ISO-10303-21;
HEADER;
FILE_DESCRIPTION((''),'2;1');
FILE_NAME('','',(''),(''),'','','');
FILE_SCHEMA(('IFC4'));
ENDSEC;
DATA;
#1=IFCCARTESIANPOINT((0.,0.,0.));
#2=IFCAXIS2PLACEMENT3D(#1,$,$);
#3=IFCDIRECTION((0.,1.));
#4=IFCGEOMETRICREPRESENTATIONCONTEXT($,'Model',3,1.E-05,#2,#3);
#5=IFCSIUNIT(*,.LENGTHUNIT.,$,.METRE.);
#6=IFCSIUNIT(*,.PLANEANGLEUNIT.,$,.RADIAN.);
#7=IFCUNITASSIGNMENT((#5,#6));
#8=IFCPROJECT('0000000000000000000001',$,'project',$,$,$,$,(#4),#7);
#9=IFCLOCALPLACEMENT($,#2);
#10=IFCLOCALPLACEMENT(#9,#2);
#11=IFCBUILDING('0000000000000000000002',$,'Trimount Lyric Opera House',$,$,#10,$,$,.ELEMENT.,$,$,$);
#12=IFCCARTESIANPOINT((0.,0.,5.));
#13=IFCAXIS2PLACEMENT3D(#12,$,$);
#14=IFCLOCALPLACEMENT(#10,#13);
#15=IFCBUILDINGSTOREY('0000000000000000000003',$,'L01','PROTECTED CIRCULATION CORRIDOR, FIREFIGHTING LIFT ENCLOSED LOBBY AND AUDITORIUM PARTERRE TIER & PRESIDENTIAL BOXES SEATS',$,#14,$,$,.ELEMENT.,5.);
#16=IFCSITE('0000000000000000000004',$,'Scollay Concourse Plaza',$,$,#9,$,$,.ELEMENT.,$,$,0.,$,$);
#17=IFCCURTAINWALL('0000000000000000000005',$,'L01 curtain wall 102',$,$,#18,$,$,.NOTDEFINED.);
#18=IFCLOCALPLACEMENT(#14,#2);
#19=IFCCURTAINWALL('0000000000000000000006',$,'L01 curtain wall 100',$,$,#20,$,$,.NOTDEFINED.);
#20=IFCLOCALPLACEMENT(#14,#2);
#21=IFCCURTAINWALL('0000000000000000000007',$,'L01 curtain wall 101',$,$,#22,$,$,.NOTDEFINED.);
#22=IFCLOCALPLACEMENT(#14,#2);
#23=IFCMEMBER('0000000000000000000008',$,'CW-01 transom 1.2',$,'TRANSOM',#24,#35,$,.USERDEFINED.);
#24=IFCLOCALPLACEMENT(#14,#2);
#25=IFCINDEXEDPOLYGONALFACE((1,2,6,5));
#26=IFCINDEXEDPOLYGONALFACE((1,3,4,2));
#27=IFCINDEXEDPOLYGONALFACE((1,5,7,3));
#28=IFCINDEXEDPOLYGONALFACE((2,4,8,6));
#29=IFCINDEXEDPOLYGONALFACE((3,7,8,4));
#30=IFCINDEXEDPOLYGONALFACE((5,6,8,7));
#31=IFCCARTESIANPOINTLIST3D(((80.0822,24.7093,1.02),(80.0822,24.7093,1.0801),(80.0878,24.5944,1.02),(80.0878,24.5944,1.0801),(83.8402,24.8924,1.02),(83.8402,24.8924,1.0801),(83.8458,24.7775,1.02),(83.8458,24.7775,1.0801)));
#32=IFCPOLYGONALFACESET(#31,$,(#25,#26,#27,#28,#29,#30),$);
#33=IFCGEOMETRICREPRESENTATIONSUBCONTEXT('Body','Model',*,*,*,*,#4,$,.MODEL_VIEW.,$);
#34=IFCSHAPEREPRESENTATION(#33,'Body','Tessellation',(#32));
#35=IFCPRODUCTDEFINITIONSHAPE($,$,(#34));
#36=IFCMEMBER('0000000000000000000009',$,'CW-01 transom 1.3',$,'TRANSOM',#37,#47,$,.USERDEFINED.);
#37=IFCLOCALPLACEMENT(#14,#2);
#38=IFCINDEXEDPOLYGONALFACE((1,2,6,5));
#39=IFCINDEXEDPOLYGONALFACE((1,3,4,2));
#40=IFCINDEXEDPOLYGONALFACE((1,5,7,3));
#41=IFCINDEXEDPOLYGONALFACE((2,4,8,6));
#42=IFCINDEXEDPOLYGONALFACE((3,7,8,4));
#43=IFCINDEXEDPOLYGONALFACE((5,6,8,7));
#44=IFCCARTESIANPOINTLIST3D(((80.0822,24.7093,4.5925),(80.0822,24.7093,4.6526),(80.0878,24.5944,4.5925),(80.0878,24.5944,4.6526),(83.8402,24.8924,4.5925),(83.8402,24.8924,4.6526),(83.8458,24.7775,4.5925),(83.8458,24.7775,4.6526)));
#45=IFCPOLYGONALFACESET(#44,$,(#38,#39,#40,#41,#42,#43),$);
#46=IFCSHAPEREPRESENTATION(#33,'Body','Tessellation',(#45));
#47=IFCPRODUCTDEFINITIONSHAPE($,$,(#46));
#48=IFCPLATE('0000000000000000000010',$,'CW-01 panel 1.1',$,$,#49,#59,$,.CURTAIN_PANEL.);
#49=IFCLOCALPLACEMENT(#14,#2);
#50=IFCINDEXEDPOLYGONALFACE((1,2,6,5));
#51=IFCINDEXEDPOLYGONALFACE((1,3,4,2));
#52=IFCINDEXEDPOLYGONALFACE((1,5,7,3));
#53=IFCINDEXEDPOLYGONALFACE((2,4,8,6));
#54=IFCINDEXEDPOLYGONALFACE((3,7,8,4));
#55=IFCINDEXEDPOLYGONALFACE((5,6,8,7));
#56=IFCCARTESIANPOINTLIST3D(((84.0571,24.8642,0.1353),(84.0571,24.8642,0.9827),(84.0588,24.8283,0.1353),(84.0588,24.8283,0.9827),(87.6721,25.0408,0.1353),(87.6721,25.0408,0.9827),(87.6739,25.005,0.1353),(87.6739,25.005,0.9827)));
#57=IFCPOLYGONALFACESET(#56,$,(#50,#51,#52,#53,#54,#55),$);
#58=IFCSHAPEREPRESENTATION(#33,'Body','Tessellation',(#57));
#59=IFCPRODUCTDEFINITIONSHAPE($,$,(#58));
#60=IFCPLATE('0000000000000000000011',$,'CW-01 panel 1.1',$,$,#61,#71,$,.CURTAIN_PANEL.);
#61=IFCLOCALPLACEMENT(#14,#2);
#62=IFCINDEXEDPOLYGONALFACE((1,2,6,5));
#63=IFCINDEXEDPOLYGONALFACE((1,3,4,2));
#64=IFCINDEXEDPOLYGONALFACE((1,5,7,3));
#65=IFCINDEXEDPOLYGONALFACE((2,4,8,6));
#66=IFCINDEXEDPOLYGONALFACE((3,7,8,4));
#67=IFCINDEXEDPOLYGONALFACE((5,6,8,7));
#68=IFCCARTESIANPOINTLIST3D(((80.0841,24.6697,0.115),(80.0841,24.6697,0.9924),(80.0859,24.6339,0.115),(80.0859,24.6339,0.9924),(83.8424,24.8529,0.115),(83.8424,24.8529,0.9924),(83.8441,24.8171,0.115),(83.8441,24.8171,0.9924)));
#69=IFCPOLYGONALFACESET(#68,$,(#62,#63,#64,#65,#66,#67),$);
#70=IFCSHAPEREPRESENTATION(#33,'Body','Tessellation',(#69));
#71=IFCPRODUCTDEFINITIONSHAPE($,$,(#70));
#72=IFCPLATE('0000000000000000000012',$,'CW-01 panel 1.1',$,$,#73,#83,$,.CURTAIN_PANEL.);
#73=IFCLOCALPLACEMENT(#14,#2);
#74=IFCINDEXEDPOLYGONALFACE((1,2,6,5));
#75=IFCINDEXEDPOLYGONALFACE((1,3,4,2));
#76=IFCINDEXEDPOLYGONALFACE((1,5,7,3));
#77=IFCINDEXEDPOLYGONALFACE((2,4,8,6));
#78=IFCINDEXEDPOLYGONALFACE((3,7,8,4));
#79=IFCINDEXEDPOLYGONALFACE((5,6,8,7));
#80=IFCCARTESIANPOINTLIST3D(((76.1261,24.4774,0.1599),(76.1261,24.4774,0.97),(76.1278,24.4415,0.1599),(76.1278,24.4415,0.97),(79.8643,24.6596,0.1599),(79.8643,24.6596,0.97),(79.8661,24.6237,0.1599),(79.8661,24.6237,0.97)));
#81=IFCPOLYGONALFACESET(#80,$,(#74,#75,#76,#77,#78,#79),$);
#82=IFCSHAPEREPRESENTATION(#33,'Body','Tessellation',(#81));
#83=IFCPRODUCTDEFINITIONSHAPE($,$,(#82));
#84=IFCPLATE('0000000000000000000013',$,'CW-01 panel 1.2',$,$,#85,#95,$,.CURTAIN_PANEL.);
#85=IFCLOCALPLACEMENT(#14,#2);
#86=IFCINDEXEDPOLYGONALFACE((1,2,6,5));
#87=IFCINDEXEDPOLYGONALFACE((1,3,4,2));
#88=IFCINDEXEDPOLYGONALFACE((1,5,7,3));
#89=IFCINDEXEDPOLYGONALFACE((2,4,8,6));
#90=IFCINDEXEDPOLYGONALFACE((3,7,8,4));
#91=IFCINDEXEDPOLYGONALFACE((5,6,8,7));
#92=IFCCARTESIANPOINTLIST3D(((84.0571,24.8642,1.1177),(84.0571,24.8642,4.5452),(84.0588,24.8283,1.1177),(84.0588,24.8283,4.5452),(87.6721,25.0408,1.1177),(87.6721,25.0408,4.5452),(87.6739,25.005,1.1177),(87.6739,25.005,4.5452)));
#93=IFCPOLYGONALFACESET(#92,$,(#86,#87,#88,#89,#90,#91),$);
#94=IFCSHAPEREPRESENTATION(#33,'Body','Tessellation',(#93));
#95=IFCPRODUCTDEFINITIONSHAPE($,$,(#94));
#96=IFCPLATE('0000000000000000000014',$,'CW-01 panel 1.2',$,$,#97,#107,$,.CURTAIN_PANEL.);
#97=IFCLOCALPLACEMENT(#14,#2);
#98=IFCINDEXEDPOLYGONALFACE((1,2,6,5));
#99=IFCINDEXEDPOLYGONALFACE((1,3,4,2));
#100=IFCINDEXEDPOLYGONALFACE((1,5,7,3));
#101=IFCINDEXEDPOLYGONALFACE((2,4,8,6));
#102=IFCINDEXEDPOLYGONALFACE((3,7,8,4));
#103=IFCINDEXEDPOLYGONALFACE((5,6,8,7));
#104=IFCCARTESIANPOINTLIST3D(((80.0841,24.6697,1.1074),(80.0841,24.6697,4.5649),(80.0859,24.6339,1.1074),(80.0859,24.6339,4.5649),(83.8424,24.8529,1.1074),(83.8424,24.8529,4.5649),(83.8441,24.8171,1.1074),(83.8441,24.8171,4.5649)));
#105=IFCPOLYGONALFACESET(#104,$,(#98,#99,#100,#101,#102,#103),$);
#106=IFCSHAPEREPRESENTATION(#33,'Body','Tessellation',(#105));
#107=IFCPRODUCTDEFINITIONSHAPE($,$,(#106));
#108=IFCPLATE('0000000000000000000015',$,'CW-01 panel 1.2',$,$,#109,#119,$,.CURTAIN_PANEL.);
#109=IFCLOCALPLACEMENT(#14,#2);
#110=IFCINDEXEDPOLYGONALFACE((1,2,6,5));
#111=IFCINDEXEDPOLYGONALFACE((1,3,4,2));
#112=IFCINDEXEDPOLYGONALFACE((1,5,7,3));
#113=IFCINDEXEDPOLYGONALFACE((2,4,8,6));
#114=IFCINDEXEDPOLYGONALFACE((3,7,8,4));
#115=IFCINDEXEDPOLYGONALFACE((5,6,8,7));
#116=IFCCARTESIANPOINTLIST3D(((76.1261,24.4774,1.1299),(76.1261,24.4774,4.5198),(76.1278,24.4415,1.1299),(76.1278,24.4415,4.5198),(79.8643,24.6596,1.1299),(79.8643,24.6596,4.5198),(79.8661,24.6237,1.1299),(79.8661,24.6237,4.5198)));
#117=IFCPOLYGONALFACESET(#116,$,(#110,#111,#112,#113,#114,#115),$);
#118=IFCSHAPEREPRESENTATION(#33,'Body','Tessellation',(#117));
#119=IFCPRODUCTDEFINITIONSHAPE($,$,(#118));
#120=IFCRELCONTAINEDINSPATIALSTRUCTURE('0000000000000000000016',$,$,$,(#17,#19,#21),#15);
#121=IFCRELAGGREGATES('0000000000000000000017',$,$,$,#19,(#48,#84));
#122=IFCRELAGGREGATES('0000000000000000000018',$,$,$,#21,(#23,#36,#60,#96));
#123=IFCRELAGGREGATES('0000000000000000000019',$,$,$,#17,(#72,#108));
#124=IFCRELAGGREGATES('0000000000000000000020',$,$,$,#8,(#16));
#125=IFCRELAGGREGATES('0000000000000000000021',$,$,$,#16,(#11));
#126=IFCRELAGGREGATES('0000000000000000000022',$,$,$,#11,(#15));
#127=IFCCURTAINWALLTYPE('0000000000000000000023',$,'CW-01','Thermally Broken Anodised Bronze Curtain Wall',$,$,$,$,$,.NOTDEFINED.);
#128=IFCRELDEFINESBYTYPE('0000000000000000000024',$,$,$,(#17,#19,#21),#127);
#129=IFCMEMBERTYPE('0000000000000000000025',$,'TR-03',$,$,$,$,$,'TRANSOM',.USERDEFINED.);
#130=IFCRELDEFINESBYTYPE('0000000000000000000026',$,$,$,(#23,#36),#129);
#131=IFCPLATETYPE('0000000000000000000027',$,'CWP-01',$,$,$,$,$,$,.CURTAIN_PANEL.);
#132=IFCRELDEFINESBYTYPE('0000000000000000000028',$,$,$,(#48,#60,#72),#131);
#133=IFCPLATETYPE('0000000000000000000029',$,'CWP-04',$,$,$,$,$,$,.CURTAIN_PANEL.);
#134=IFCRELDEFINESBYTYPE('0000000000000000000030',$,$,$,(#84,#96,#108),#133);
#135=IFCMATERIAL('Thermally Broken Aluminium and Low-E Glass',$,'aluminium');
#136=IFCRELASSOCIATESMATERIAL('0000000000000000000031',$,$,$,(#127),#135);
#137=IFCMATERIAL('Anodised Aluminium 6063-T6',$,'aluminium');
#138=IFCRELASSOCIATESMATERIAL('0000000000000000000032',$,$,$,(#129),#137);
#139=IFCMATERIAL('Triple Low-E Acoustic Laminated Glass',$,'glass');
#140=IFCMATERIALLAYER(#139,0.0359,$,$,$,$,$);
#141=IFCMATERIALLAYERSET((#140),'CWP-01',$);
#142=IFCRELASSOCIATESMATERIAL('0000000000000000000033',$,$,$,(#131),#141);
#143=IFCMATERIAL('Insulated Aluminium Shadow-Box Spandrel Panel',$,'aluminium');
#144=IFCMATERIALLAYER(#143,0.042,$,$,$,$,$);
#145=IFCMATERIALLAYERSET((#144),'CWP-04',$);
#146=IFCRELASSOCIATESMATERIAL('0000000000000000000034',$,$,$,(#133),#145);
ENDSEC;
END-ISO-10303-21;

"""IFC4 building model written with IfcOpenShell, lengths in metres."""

from ifc_helpers import new_model, si_unit, direction, frame, origin, origin_2d, place, context, subcontext, project, spatial, rectangle, extrude, material, layer, layer_set, material_profile, profile_set, type_object, element, aggregate, save


model = new_model("IFC4")

# Units and contexts
model_context = context("Model", 3, precision=1e-05, world=origin(), true_north=direction((0.0, 1.0)))
body_context = subcontext(model_context, "Body", "Model", "MODEL_VIEW")
ifc_project = project(units=[si_unit("LENGTHUNIT", "METRE"), si_unit("PLANEANGLEUNIT", "RADIAN")], contexts=[model_context])

# Site, building, storey
site_placement = place(None, origin())
site = spatial("IfcSite", under=ifc_project, at=site_placement, Name="Scollay Concourse Plaza", CompositionType="ELEMENT", RefElevation=0.0)
building_placement = place(site_placement, origin())
building = spatial("IfcBuilding", under=site, at=building_placement, Name="Trimount Lyric Opera House", CompositionType="ELEMENT")
storey_placement = place(building_placement, frame((0.0, 0.0, 5.0)))
storey = spatial("IfcBuildingStorey", under=building, at=storey_placement, Name="L01", Description="PROTECTED CIRCULATION CORRIDOR, FIREFIGHTING LIFT ENCLOSED LOBBY AND AUDITORIUM PARTERRE TIER & PRESIDENTIAL BOXES SEATS", CompositionType="ELEMENT", Elevation=5.0)

# Shared definitions
ifc_material_1 = material(Name="Thermally Broken Aluminium and Low-E Glass", Category="aluminium")
curtain_wall_type = type_object("IfcCurtainWallType", Name="CW-01", Description="Thermally Broken Anodised Bronze Curtain Wall", PredefinedType="NOTDEFINED", material=ifc_material_1)

# Curtain walls
curtain_wall_1_placement = place(storey_placement, origin())
curtain_wall_1 = element("IfcCurtainWall", 1, at=curtain_wall_1_placement, inside=storey, type_object=curtain_wall_type, Name="L01 curtain wall 102", PredefinedType="NOTDEFINED")
curtain_wall_2_placement = place(storey_placement, origin())
curtain_wall_2 = element("IfcCurtainWall", 2, at=curtain_wall_2_placement, inside=storey, type_object=curtain_wall_type, Name="L01 curtain wall 100", PredefinedType="NOTDEFINED")

# Curtain wall
curtain_wall_3_placement = place(storey_placement, origin())
curtain_wall_3 = element("IfcCurtainWall", 3, at=curtain_wall_3_placement, inside=storey, type_object=curtain_wall_type, Name="L01 curtain wall 101", PredefinedType="NOTDEFINED")

# Members
ifc_material_2 = material(Name="Anodised Aluminium 6063-T6", Category="aluminium")
ifc_material_profile_1 = material_profile(ifc_material_2, rectangle(XDim=0.115, YDim=0.0601, at=origin_2d()), Name="ALU-TRAN-60X115")
ifc_profile_set_1 = profile_set([ifc_material_profile_1], Name="Anodised Aluminium 6063-T6")
member_type_1 = type_object("IfcMemberType", Name="TR-03", ElementType="TRANSOM", PredefinedType="USERDEFINED", material=ifc_profile_set_1)
member_1_placement = place(storey_placement, frame((83.843, 24.835, 1.05), z_axis=(-0.998815, -0.048666, 0.0), x_axis=(0.048666, -0.998815, 0.0)))
member_1 = element("IfcMember", 4, at=member_1_placement, type_object=member_type_1, Name="CW-01 transom 1.2", ObjectType="TRANSOM", PredefinedType="USERDEFINED", context=body_context, shape_type="SweptSolid", body=[
    extrude(rectangle(XDim=0.115, YDim=0.0601, at=origin_2d()), origin(), (0.0, 0.0, 1.0), 3.7625),
])
member_2_placement = place(storey_placement, frame((83.843, 24.835, 4.6226), z_axis=(-0.998815, -0.048666, 0.0), x_axis=(0.048666, -0.998815, 0.0)))
member_2 = element("IfcMember", 5, at=member_2_placement, type_object=member_type_1, Name="CW-01 transom 1.3", ObjectType="TRANSOM", PredefinedType="USERDEFINED", context=body_context, shape_type="SweptSolid", body=[
    extrude(rectangle(XDim=0.115, YDim=0.0601, at=origin_2d()), origin(), (0.0, 0.0, 1.0), 3.7625),
])

# Plates
ifc_material_3 = material(Name="Triple Low-E Acoustic Laminated Glass", Category="glass")
ifc_layer_1 = layer(ifc_material_3, 0.0359)
ifc_layer_set_1 = layer_set([ifc_layer_1], Name="CWP-01")
plate_type_1 = type_object("IfcPlateType", Name="CWP-01", PredefinedType="CURTAIN_PANEL", material=ifc_layer_set_1)
plate_1_placement = place(storey_placement, frame((85.8655, 24.9346, 0.1353), z_axis=(0.0, 0.0, 1.0), x_axis=(-0.998808, -0.048807, 0.0)))
plate_1 = element("IfcPlate", 6, at=plate_1_placement, type_object=plate_type_1, Name="CW-01 panel 1.1", PredefinedType="CURTAIN_PANEL", context=body_context, shape_type="SweptSolid", body=[
    extrude(rectangle(XDim=3.6194, YDim=0.0359, at=origin_2d()), origin(), (0.0, 0.0, 1.0), 0.8474),
])
plate_2_placement = place(storey_placement, frame((81.9641, 24.7434, 0.115), z_axis=(0.0, 0.0, 1.0), x_axis=(-0.998814, -0.048679, 0.0)))
plate_2 = element("IfcPlate", 7, at=plate_2_placement, type_object=plate_type_1, Name="CW-01 panel 1.1", PredefinedType="CURTAIN_PANEL", context=body_context, shape_type="SweptSolid", body=[
    extrude(rectangle(XDim=3.7627, YDim=0.0359, at=origin_2d()), origin(), (0.0, 0.0, 1.0), 0.8774),
])
plate_3_placement = place(storey_placement, frame((77.9961, 24.5505, 0.1599), z_axis=(0.0, 0.0, 1.0), x_axis=(-0.998814, -0.048679, 0.0)))
plate_3 = element("IfcPlate", 8, at=plate_3_placement, type_object=plate_type_1, Name="CW-01 panel 1.1", PredefinedType="CURTAIN_PANEL", context=body_context, shape_type="SweptSolid", body=[
    extrude(rectangle(XDim=3.7427, YDim=0.0359, at=origin_2d()), origin(), (0.0, 0.0, 1.0), 0.8101),
])
ifc_material_4 = material(Name="Insulated Aluminium Shadow-Box Spandrel Panel", Category="aluminium")
ifc_layer_2 = layer(ifc_material_4, 0.042)
ifc_layer_set_2 = layer_set([ifc_layer_2], Name="CWP-04")
plate_type_2 = type_object("IfcPlateType", Name="CWP-04", PredefinedType="CURTAIN_PANEL", material=ifc_layer_set_2)
plate_4_placement = place(storey_placement, frame((85.8655, 24.9346, 1.1177), z_axis=(0.0, 0.0, 1.0), x_axis=(-0.998808, -0.048807, 0.0)))
plate_4 = element("IfcPlate", 9, at=plate_4_placement, type_object=plate_type_2, Name="CW-01 panel 1.2", PredefinedType="CURTAIN_PANEL", context=body_context, shape_type="SweptSolid", body=[
    extrude(rectangle(XDim=3.6194, YDim=0.0359, at=origin_2d()), origin(), (0.0, 0.0, 1.0), 3.4275),
])
aggregate(curtain_wall_2, [plate_1, plate_4])
plate_5_placement = place(storey_placement, frame((81.9641, 24.7434, 1.1074), z_axis=(0.0, 0.0, 1.0), x_axis=(-0.998814, -0.048679, 0.0)))
plate_5 = element("IfcPlate", 10, at=plate_5_placement, type_object=plate_type_2, Name="CW-01 panel 1.2", PredefinedType="CURTAIN_PANEL", context=body_context, shape_type="SweptSolid", body=[
    extrude(rectangle(XDim=3.7627, YDim=0.0359, at=origin_2d()), origin(), (0.0, 0.0, 1.0), 3.4575),
])
aggregate(curtain_wall_3, [member_1, member_2, plate_2, plate_5])
plate_6_placement = place(storey_placement, frame((77.9961, 24.5505, 1.1299), z_axis=(0.0, 0.0, 1.0), x_axis=(-0.998814, -0.048679, 0.0)))
plate_6 = element("IfcPlate", 11, at=plate_6_placement, type_object=plate_type_2, Name="CW-01 panel 1.2", PredefinedType="CURTAIN_PANEL", context=body_context, shape_type="SweptSolid", body=[
    extrude(rectangle(XDim=3.7427, YDim=0.0359, at=origin_2d()), origin(), (0.0, 0.0, 1.0), 3.3899),
])
aggregate(curtain_wall_1, [plate_3, plate_6])

save(model, "model.ifc")
